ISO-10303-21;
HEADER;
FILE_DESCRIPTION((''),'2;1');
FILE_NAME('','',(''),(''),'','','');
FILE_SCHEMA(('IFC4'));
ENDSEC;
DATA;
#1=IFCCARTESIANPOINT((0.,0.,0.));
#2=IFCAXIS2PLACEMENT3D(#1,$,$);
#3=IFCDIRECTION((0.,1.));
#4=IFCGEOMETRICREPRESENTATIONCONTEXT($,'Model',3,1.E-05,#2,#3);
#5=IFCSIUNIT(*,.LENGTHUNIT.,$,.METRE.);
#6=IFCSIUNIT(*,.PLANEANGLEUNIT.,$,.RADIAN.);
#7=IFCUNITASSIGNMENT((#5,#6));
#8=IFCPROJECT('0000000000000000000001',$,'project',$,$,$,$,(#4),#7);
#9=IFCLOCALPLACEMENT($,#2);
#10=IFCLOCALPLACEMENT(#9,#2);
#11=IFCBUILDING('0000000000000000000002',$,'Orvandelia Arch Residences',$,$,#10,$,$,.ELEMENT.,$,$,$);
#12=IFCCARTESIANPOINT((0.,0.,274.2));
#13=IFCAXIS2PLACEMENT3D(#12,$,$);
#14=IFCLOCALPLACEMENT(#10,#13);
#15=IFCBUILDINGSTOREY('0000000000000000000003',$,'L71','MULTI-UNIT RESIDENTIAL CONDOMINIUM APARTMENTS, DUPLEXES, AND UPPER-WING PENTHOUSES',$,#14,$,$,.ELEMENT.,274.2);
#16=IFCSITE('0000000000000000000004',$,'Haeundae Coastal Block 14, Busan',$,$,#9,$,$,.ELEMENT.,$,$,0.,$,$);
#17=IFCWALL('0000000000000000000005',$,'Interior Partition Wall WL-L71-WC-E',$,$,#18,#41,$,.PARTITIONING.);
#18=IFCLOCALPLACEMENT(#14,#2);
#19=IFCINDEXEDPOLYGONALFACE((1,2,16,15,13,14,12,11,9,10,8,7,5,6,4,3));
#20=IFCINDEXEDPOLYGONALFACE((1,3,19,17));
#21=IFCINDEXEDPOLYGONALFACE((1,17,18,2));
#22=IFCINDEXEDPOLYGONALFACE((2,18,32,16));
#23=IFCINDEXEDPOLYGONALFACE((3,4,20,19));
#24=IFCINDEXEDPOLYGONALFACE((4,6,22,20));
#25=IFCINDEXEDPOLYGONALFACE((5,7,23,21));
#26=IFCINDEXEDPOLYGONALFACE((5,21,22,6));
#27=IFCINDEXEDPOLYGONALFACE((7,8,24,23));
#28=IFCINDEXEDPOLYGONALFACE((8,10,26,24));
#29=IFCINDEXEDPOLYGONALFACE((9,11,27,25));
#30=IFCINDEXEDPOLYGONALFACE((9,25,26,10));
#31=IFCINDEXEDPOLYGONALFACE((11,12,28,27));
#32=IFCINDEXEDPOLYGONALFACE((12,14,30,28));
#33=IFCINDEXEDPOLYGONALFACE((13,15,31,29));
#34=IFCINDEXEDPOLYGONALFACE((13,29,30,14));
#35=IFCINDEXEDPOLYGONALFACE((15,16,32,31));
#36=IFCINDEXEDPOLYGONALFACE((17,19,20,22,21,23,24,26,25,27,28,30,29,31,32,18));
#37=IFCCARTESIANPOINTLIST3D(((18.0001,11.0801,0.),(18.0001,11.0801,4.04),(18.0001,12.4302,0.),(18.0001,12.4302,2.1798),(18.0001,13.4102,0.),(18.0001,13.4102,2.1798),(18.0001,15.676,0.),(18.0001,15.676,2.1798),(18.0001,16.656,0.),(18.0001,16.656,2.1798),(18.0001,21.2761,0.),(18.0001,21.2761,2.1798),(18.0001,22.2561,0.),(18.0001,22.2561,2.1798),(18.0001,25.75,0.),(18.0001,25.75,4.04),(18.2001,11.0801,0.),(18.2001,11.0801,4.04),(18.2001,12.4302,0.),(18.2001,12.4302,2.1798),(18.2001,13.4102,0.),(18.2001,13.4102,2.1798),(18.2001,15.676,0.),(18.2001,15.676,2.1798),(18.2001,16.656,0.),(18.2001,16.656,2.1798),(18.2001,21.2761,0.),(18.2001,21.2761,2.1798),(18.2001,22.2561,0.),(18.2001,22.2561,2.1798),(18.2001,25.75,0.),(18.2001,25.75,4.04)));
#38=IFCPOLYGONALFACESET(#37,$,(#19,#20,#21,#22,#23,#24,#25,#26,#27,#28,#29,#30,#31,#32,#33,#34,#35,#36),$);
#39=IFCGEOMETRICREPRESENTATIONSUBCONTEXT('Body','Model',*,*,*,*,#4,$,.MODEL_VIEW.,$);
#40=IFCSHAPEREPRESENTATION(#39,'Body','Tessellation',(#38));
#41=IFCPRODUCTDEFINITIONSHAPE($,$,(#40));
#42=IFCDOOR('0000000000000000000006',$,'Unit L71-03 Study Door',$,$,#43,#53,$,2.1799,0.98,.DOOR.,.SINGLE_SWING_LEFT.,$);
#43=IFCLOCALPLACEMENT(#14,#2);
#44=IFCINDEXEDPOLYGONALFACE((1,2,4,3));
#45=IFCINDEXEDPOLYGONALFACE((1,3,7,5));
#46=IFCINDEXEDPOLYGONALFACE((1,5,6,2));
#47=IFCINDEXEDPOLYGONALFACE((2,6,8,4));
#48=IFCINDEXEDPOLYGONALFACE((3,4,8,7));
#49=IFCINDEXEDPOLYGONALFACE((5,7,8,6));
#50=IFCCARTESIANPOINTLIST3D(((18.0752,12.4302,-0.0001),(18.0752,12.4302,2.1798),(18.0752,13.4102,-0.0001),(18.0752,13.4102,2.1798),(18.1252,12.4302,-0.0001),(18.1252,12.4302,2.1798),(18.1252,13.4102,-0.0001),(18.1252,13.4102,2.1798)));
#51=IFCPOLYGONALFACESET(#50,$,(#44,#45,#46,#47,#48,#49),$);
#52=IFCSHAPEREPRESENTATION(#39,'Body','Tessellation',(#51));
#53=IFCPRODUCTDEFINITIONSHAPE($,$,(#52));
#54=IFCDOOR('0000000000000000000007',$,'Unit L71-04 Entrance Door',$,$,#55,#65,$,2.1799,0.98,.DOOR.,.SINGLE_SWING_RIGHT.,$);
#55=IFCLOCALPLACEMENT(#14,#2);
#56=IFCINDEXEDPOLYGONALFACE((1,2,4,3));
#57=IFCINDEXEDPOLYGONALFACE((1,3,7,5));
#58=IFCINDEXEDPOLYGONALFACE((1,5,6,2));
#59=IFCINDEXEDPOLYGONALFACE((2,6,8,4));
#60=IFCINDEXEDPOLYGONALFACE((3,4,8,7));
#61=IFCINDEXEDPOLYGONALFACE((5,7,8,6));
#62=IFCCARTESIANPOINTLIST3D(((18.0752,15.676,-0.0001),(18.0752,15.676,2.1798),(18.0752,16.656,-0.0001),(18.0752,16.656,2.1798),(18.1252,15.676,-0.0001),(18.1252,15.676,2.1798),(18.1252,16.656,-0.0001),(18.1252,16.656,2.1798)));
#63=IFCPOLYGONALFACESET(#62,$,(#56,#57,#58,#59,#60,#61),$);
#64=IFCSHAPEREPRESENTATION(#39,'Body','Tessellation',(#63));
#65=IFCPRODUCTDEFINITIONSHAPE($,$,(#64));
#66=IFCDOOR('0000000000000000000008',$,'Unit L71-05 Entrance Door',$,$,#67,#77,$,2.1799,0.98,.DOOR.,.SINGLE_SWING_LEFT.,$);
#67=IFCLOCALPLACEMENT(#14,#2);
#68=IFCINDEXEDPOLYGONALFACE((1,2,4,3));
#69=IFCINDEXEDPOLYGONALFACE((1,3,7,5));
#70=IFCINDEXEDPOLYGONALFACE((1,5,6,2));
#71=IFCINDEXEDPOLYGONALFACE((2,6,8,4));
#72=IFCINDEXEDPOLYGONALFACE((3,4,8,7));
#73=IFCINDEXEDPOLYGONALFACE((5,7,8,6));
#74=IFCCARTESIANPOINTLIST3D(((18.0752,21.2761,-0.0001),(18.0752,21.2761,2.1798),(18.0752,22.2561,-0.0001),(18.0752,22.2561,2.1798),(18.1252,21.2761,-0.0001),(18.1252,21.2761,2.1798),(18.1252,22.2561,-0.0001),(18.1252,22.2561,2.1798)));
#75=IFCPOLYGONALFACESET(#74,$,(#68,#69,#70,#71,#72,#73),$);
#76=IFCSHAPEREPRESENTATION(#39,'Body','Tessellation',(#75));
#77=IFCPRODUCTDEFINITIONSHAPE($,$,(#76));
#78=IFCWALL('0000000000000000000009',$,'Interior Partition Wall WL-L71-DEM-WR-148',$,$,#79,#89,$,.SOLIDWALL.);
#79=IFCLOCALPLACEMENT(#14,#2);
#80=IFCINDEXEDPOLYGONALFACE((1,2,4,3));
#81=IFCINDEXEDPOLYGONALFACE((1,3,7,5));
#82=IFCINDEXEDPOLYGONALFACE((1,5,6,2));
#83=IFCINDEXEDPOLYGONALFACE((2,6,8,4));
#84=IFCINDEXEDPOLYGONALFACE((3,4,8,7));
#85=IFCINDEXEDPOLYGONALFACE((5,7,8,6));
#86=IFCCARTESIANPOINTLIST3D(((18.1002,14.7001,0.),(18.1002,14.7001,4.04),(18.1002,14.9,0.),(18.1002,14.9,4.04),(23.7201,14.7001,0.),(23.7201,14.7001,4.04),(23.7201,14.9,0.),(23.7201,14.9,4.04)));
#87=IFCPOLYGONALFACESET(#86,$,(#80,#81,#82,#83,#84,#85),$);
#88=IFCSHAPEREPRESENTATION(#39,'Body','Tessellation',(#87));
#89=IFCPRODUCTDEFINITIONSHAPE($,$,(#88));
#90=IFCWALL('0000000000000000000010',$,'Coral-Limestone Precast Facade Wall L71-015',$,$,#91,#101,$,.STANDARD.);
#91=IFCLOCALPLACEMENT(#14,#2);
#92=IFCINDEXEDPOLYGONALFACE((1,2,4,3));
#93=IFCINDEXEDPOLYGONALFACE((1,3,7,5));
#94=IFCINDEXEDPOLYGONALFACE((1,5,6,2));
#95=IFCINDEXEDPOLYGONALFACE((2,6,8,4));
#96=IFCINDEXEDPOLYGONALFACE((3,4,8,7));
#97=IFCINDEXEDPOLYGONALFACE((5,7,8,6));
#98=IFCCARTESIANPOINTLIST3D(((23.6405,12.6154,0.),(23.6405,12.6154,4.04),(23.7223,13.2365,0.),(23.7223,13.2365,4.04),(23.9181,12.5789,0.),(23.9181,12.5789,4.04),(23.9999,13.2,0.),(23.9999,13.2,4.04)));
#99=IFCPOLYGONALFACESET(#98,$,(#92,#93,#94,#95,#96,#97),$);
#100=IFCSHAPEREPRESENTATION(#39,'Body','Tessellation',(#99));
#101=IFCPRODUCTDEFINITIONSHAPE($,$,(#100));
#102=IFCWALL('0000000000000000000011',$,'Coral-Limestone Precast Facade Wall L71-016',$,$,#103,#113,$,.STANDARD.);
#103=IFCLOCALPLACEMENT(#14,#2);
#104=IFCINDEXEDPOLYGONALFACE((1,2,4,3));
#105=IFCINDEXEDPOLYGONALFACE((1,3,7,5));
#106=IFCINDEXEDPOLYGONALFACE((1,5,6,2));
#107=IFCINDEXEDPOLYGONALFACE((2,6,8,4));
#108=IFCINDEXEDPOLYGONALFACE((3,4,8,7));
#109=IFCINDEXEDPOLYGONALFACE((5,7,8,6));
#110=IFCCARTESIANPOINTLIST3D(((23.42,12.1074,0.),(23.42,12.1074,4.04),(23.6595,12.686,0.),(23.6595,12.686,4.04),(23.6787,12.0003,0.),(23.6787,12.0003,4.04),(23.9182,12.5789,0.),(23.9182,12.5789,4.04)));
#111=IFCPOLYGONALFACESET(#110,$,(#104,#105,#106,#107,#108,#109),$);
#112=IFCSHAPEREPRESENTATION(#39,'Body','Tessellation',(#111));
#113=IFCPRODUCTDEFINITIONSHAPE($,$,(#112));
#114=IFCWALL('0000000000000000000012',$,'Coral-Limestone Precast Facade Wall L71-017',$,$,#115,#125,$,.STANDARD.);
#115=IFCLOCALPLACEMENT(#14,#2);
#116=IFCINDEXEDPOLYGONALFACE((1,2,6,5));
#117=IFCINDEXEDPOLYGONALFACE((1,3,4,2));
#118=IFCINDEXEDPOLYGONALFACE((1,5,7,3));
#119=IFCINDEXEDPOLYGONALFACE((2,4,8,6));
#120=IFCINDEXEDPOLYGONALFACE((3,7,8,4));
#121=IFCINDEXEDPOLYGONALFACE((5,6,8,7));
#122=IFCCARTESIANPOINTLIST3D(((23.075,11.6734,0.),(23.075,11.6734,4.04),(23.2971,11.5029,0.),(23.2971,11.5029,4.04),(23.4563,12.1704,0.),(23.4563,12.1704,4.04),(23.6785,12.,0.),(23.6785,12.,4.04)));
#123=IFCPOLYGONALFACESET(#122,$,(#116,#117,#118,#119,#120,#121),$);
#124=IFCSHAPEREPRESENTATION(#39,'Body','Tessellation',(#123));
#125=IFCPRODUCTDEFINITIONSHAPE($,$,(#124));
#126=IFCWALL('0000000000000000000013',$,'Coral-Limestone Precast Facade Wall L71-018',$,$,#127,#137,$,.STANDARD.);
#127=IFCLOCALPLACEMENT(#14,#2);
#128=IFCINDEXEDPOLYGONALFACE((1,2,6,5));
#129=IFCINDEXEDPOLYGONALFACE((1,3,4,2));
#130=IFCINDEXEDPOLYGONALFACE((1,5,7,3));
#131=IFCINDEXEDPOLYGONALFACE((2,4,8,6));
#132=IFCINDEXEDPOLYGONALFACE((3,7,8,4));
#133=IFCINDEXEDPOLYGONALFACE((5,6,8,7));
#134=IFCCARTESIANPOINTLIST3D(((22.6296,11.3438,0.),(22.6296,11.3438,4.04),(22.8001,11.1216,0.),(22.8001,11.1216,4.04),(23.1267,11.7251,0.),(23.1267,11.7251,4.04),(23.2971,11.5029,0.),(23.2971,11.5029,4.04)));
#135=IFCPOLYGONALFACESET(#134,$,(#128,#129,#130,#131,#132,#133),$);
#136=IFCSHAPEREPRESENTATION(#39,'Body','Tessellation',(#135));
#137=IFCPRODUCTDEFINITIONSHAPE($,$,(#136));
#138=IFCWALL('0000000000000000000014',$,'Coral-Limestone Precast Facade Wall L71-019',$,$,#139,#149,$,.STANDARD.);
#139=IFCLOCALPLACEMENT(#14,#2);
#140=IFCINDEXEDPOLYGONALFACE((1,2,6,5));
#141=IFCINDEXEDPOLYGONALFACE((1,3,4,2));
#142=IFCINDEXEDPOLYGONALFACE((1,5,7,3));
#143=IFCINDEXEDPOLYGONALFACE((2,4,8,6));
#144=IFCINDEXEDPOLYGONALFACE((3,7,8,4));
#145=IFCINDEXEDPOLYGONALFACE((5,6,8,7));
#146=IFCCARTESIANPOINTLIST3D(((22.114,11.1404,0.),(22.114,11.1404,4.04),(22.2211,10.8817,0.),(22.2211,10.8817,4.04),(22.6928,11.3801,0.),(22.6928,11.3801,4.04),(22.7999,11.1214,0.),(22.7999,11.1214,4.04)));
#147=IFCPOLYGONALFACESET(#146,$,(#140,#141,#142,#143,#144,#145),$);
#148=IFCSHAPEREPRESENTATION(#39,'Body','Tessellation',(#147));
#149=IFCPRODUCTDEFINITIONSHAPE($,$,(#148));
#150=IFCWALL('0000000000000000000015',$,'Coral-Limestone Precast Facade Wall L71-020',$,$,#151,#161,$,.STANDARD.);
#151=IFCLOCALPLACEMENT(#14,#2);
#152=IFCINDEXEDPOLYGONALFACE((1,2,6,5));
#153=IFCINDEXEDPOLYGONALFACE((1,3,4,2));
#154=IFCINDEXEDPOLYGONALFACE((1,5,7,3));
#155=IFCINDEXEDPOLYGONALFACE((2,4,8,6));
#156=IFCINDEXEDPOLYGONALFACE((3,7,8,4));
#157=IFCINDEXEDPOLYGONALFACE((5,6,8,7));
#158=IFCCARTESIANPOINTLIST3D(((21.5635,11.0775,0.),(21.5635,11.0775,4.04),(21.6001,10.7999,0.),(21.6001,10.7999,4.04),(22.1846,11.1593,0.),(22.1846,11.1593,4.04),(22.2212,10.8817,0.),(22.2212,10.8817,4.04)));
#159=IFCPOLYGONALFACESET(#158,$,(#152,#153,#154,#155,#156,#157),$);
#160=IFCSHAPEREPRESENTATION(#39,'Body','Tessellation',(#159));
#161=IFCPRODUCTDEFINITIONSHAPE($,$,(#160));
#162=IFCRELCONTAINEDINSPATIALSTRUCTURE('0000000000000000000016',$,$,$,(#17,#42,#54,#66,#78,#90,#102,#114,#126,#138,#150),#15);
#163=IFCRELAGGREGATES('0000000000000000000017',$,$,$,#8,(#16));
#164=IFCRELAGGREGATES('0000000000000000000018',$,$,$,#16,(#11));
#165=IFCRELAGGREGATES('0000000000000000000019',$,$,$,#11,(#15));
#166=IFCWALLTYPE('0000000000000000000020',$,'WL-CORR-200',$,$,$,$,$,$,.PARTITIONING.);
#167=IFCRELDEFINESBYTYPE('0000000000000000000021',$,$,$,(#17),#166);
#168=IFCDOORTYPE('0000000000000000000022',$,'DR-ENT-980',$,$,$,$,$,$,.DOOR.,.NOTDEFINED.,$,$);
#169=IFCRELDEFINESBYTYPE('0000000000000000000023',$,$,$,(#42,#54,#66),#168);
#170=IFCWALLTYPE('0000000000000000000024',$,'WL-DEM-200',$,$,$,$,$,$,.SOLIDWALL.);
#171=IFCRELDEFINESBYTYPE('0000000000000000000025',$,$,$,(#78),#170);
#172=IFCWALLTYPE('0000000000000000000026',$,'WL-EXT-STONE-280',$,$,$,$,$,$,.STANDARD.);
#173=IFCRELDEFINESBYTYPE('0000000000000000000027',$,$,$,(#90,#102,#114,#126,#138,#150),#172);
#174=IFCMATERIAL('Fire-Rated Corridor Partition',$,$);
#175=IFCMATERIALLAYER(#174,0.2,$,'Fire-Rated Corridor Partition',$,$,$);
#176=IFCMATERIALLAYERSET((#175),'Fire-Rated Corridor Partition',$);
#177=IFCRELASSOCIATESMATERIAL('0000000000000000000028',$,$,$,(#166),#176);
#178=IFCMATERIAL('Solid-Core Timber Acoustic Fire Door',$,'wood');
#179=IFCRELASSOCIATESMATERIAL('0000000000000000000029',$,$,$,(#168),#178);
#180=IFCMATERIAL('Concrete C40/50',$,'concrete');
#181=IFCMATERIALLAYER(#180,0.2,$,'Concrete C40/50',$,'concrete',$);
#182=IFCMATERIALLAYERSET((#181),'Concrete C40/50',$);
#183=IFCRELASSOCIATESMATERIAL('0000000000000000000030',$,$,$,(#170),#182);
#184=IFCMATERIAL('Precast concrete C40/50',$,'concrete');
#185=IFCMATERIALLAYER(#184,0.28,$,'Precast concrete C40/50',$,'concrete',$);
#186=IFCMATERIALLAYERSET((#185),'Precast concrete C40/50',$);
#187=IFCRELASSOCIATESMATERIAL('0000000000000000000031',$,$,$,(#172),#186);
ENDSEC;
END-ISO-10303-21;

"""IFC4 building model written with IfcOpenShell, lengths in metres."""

from ifc_helpers import new_model, si_unit, direction, frame, frame_2d, origin, place, context, subcontext, project, spatial, rectangle, extrude, material, layer, layer_set, type_object, element, fill, save


model = new_model("IFC4")

# Units and contexts
model_context = context("Model", 3, precision=1e-05, world=origin(), true_north=direction((0.0, 1.0)))
body_context = subcontext(model_context, "Body", "Model", "MODEL_VIEW")
ifc_project = project(units=[si_unit("LENGTHUNIT", "METRE"), si_unit("PLANEANGLEUNIT", "RADIAN")], contexts=[model_context])

# Site, building, storey
site_placement = place(None, origin())
site = spatial("IfcSite", under=ifc_project, at=site_placement, Name="Haeundae Coastal Block 14, Busan", CompositionType="ELEMENT", RefElevation=0.0)
building_placement = place(site_placement, origin())
building = spatial("IfcBuilding", under=site, at=building_placement, Name="Orvandelia Arch Residences", CompositionType="ELEMENT")
storey_placement = place(building_placement, frame((0.0, 0.0, 274.2)))
storey = spatial("IfcBuildingStorey", under=building, at=storey_placement, Name="L71", Description="MULTI-UNIT RESIDENTIAL CONDOMINIUM APARTMENTS, DUPLEXES, AND UPPER-WING PENTHOUSES", CompositionType="ELEMENT", Elevation=274.2)

# Wall, openings, doors
ifc_material_1 = material(Name="Fire-Rated Corridor Partition")
ifc_layer_1 = layer(ifc_material_1, 0.2, Name="Fire-Rated Corridor Partition")
ifc_layer_set_1 = layer_set([ifc_layer_1], Name="Fire-Rated Corridor Partition")
wall_type_1 = type_object("IfcWallType", Name="WL-CORR-200", PredefinedType="PARTITIONING", material=ifc_layer_set_1)
ifc_material_2 = material(Name="Solid-Core Timber Acoustic Fire Door", Category="wood")
door_type_1 = type_object("IfcDoorType", Name="DR-ENT-980", OperationType="NOTDEFINED", PredefinedType="DOOR", material=ifc_material_2)
wall_1_placement = place(storey_placement, frame((18.1001, 11.0801, 0.0), z_axis=(0.0, 0.0, 1.0), x_axis=(0.0, 1.0, 0.0)))
wall_1 = element("IfcWall", 1, at=wall_1_placement, inside=storey, type_object=wall_type_1, Name="Interior Partition Wall WL-L71-WC-E", PredefinedType="PARTITIONING", context=body_context, shape_type="SweptSolid", body=[
    extrude(rectangle(XDim=14.6699, YDim=0.2, at=frame_2d((7.335, 0.0))), origin(), (0.0, 0.0, 1.0), 4.04),
])
opening_1_placement = place(wall_1_placement, frame((1.3501, 0.0, 0.0)))
opening_1 = element("IfcOpeningElement", 2, at=opening_1_placement, cuts=wall_1, PredefinedType="OPENING", context=body_context, shape_type="SweptSolid", body=[
    extrude(rectangle(XDim=0.98, YDim=2.1799, at=frame_2d((0.49, 1.0898))), frame((0.0, 0.1099, 0.0), z_axis=(0.0, -1.0, 0.0), x_axis=(1.0, 0.0, 0.0)), (0.0, 0.0, 1.0), 0.22),
])
opening_2_placement = place(wall_1_placement, frame((4.5959, 0.0, 0.0)))
opening_2 = element("IfcOpeningElement", 3, at=opening_2_placement, cuts=wall_1, PredefinedType="OPENING", context=body_context, shape_type="SweptSolid", body=[
    extrude(rectangle(XDim=0.98, YDim=2.1799, at=frame_2d((0.49, 1.0898))), frame((0.0, 0.1099, 0.0), z_axis=(0.0, -1.0, 0.0), x_axis=(1.0, 0.0, 0.0)), (0.0, 0.0, 1.0), 0.22),
])
opening_3_placement = place(wall_1_placement, frame((10.196, 0.0, 0.0)))
opening_3 = element("IfcOpeningElement", 4, at=opening_3_placement, cuts=wall_1, PredefinedType="OPENING", context=body_context, shape_type="SweptSolid", body=[
    extrude(rectangle(XDim=0.98, YDim=2.1799, at=frame_2d((0.49, 1.0898))), frame((0.0, 0.1099, 0.0), z_axis=(0.0, -1.0, 0.0), x_axis=(1.0, 0.0, 0.0)), (0.0, 0.0, 1.0), 0.22),
])
door_1_placement = place(opening_1_placement, origin())
door_1 = element("IfcDoor", 5, at=door_1_placement, inside=storey, type_object=door_type_1, Name="Unit L71-03 Study Door", OperationType="SINGLE_SWING_LEFT", OverallHeight=2.1799, OverallWidth=0.98, PredefinedType="DOOR", context=body_context, shape_type="SweptSolid", body=[
    extrude(rectangle(XDim=0.98, YDim=2.1799, at=frame_2d((0.49, 1.0898))), frame((0.0, 0.0249, 0.0), z_axis=(0.0, -1.0, 0.0), x_axis=(1.0, 0.0, 0.0)), (0.0, 0.0, 1.0), 0.05),
])
fill(opening_1, door_1)
door_2_placement = place(opening_2_placement, origin())
door_2 = element("IfcDoor", 6, at=door_2_placement, inside=storey, type_object=door_type_1, Name="Unit L71-04 Entrance Door", OperationType="SINGLE_SWING_RIGHT", OverallHeight=2.1799, OverallWidth=0.98, PredefinedType="DOOR", context=body_context, shape_type="SweptSolid", body=[
    extrude(rectangle(XDim=0.98, YDim=2.1799, at=frame_2d((0.49, 1.0898))), frame((0.0, 0.0249, 0.0), z_axis=(0.0, -1.0, 0.0), x_axis=(1.0, 0.0, 0.0)), (0.0, 0.0, 1.0), 0.05),
])
fill(opening_2, door_2)
door_3_placement = place(opening_3_placement, origin())
door_3 = element("IfcDoor", 7, at=door_3_placement, inside=storey, type_object=door_type_1, Name="Unit L71-05 Entrance Door", OperationType="SINGLE_SWING_LEFT", OverallHeight=2.1799, OverallWidth=0.98, PredefinedType="DOOR", context=body_context, shape_type="SweptSolid", body=[
    extrude(rectangle(XDim=0.98, YDim=2.1799, at=frame_2d((0.49, 1.0898))), frame((0.0, 0.0249, 0.0), z_axis=(0.0, -1.0, 0.0), x_axis=(1.0, 0.0, 0.0)), (0.0, 0.0, 1.0), 0.05),
])
fill(opening_3, door_3)

# Walls
ifc_material_3 = material(Name="Concrete C40/50", Category="concrete")
ifc_layer_2 = layer(ifc_material_3, 0.2, Name="Concrete C40/50", Category="concrete")
ifc_layer_set_2 = layer_set([ifc_layer_2], Name="Concrete C40/50")
wall_type_2 = type_object("IfcWallType", Name="WL-DEM-200", PredefinedType="SOLIDWALL", material=ifc_layer_set_2)
wall_2_placement = place(storey_placement, frame((18.1001, 14.8, 0.0), z_axis=(0.0, 0.0, 1.0), x_axis=(1.0, 0.0, 0.0)))
element("IfcWall", 8, at=wall_2_placement, inside=storey, type_object=wall_type_2, Name="Interior Partition Wall WL-L71-DEM-WR-148", PredefinedType="SOLIDWALL", context=body_context, shape_type="SweptSolid", body=[
    extrude(rectangle(XDim=5.6199, YDim=0.2, at=frame_2d((2.8101, 0.0))), origin(), (0.0, 0.0, 1.0), 4.04),
])
ifc_material_4 = material(Name="Precast concrete C40/50", Category="concrete")
ifc_layer_3 = layer(ifc_material_4, 0.28, Name="Precast concrete C40/50", Category="concrete")
ifc_layer_set_3 = layer_set([ifc_layer_3], Name="Precast concrete C40/50")
wall_type_3 = type_object("IfcWallType", Name="WL-EXT-STONE-280", PredefinedType="STANDARD", material=ifc_layer_set_3)
wall_3_placement = place(storey_placement, frame((23.8611, 13.2183, 0.0), z_axis=(0.0, 0.0, 1.0), x_axis=(-0.130555, -0.991441, 0.0)))
element("IfcWall", 9, at=wall_3_placement, inside=storey, type_object=wall_type_3, Name="Coral-Limestone Precast Facade Wall L71-015", PredefinedType="STANDARD", context=body_context, shape_type="SweptSolid", body=[
    extrude(rectangle(XDim=0.6265, YDim=0.28, at=frame_2d((0.3132, 0.0))), origin(), (0.0, 0.0, 1.0), 4.04),
])
wall_4_placement = place(storey_placement, frame((23.7888, 12.6323, 0.0), z_axis=(0.0, 0.0, 1.0), x_axis=(-0.382455, -0.923974, 0.0)))
element("IfcWall", 10, at=wall_4_placement, inside=storey, type_object=wall_type_3, Name="Coral-Limestone Precast Facade Wall L71-016", PredefinedType="STANDARD", context=body_context, shape_type="SweptSolid", body=[
    extrude(rectangle(XDim=0.6262, YDim=0.28, at=frame_2d((0.313, 0.0))), origin(), (0.0, 0.0, 1.0), 4.04),
])
for number, where, z_axis, x_axis, name in (
    (11, (23.5674, 12.0852, 0.0), (0.0, 0.0, 1.0), (-0.608693, -0.793406, 0.0), "Coral-Limestone Precast Facade Wall L71-017"),
    (12, (23.2119, 11.614, 0.0), (0.0, 0.0, 1.0), (-0.793406, -0.608693, 0.0), "Coral-Limestone Precast Facade Wall L71-018"),
    (13, (22.7463, 11.2507, 0.0), (0.0, 0.0, 1.0), (-0.923893, -0.38265, 0.0), "Coral-Limestone Precast Facade Wall L71-019"),
    (14, (22.2029, 11.0205, 0.0), (0.0, 0.0, 1.0), (-0.991441, -0.130555, 0.0), "Coral-Limestone Precast Facade Wall L71-020"),
):
    element("IfcWall", number, at=place(storey_placement, frame(where, z_axis=z_axis, x_axis=x_axis)), inside=storey, type_object=wall_type_3, Name=name, PredefinedType="STANDARD", context=body_context, shape_type="SweptSolid", body=[
        extrude(rectangle(XDim=0.6265, YDim=0.28, at=frame_2d((0.3132, 0.0))), origin(), (0.0, 0.0, 1.0), 4.04),
    ])

save(model, "model.ifc")
